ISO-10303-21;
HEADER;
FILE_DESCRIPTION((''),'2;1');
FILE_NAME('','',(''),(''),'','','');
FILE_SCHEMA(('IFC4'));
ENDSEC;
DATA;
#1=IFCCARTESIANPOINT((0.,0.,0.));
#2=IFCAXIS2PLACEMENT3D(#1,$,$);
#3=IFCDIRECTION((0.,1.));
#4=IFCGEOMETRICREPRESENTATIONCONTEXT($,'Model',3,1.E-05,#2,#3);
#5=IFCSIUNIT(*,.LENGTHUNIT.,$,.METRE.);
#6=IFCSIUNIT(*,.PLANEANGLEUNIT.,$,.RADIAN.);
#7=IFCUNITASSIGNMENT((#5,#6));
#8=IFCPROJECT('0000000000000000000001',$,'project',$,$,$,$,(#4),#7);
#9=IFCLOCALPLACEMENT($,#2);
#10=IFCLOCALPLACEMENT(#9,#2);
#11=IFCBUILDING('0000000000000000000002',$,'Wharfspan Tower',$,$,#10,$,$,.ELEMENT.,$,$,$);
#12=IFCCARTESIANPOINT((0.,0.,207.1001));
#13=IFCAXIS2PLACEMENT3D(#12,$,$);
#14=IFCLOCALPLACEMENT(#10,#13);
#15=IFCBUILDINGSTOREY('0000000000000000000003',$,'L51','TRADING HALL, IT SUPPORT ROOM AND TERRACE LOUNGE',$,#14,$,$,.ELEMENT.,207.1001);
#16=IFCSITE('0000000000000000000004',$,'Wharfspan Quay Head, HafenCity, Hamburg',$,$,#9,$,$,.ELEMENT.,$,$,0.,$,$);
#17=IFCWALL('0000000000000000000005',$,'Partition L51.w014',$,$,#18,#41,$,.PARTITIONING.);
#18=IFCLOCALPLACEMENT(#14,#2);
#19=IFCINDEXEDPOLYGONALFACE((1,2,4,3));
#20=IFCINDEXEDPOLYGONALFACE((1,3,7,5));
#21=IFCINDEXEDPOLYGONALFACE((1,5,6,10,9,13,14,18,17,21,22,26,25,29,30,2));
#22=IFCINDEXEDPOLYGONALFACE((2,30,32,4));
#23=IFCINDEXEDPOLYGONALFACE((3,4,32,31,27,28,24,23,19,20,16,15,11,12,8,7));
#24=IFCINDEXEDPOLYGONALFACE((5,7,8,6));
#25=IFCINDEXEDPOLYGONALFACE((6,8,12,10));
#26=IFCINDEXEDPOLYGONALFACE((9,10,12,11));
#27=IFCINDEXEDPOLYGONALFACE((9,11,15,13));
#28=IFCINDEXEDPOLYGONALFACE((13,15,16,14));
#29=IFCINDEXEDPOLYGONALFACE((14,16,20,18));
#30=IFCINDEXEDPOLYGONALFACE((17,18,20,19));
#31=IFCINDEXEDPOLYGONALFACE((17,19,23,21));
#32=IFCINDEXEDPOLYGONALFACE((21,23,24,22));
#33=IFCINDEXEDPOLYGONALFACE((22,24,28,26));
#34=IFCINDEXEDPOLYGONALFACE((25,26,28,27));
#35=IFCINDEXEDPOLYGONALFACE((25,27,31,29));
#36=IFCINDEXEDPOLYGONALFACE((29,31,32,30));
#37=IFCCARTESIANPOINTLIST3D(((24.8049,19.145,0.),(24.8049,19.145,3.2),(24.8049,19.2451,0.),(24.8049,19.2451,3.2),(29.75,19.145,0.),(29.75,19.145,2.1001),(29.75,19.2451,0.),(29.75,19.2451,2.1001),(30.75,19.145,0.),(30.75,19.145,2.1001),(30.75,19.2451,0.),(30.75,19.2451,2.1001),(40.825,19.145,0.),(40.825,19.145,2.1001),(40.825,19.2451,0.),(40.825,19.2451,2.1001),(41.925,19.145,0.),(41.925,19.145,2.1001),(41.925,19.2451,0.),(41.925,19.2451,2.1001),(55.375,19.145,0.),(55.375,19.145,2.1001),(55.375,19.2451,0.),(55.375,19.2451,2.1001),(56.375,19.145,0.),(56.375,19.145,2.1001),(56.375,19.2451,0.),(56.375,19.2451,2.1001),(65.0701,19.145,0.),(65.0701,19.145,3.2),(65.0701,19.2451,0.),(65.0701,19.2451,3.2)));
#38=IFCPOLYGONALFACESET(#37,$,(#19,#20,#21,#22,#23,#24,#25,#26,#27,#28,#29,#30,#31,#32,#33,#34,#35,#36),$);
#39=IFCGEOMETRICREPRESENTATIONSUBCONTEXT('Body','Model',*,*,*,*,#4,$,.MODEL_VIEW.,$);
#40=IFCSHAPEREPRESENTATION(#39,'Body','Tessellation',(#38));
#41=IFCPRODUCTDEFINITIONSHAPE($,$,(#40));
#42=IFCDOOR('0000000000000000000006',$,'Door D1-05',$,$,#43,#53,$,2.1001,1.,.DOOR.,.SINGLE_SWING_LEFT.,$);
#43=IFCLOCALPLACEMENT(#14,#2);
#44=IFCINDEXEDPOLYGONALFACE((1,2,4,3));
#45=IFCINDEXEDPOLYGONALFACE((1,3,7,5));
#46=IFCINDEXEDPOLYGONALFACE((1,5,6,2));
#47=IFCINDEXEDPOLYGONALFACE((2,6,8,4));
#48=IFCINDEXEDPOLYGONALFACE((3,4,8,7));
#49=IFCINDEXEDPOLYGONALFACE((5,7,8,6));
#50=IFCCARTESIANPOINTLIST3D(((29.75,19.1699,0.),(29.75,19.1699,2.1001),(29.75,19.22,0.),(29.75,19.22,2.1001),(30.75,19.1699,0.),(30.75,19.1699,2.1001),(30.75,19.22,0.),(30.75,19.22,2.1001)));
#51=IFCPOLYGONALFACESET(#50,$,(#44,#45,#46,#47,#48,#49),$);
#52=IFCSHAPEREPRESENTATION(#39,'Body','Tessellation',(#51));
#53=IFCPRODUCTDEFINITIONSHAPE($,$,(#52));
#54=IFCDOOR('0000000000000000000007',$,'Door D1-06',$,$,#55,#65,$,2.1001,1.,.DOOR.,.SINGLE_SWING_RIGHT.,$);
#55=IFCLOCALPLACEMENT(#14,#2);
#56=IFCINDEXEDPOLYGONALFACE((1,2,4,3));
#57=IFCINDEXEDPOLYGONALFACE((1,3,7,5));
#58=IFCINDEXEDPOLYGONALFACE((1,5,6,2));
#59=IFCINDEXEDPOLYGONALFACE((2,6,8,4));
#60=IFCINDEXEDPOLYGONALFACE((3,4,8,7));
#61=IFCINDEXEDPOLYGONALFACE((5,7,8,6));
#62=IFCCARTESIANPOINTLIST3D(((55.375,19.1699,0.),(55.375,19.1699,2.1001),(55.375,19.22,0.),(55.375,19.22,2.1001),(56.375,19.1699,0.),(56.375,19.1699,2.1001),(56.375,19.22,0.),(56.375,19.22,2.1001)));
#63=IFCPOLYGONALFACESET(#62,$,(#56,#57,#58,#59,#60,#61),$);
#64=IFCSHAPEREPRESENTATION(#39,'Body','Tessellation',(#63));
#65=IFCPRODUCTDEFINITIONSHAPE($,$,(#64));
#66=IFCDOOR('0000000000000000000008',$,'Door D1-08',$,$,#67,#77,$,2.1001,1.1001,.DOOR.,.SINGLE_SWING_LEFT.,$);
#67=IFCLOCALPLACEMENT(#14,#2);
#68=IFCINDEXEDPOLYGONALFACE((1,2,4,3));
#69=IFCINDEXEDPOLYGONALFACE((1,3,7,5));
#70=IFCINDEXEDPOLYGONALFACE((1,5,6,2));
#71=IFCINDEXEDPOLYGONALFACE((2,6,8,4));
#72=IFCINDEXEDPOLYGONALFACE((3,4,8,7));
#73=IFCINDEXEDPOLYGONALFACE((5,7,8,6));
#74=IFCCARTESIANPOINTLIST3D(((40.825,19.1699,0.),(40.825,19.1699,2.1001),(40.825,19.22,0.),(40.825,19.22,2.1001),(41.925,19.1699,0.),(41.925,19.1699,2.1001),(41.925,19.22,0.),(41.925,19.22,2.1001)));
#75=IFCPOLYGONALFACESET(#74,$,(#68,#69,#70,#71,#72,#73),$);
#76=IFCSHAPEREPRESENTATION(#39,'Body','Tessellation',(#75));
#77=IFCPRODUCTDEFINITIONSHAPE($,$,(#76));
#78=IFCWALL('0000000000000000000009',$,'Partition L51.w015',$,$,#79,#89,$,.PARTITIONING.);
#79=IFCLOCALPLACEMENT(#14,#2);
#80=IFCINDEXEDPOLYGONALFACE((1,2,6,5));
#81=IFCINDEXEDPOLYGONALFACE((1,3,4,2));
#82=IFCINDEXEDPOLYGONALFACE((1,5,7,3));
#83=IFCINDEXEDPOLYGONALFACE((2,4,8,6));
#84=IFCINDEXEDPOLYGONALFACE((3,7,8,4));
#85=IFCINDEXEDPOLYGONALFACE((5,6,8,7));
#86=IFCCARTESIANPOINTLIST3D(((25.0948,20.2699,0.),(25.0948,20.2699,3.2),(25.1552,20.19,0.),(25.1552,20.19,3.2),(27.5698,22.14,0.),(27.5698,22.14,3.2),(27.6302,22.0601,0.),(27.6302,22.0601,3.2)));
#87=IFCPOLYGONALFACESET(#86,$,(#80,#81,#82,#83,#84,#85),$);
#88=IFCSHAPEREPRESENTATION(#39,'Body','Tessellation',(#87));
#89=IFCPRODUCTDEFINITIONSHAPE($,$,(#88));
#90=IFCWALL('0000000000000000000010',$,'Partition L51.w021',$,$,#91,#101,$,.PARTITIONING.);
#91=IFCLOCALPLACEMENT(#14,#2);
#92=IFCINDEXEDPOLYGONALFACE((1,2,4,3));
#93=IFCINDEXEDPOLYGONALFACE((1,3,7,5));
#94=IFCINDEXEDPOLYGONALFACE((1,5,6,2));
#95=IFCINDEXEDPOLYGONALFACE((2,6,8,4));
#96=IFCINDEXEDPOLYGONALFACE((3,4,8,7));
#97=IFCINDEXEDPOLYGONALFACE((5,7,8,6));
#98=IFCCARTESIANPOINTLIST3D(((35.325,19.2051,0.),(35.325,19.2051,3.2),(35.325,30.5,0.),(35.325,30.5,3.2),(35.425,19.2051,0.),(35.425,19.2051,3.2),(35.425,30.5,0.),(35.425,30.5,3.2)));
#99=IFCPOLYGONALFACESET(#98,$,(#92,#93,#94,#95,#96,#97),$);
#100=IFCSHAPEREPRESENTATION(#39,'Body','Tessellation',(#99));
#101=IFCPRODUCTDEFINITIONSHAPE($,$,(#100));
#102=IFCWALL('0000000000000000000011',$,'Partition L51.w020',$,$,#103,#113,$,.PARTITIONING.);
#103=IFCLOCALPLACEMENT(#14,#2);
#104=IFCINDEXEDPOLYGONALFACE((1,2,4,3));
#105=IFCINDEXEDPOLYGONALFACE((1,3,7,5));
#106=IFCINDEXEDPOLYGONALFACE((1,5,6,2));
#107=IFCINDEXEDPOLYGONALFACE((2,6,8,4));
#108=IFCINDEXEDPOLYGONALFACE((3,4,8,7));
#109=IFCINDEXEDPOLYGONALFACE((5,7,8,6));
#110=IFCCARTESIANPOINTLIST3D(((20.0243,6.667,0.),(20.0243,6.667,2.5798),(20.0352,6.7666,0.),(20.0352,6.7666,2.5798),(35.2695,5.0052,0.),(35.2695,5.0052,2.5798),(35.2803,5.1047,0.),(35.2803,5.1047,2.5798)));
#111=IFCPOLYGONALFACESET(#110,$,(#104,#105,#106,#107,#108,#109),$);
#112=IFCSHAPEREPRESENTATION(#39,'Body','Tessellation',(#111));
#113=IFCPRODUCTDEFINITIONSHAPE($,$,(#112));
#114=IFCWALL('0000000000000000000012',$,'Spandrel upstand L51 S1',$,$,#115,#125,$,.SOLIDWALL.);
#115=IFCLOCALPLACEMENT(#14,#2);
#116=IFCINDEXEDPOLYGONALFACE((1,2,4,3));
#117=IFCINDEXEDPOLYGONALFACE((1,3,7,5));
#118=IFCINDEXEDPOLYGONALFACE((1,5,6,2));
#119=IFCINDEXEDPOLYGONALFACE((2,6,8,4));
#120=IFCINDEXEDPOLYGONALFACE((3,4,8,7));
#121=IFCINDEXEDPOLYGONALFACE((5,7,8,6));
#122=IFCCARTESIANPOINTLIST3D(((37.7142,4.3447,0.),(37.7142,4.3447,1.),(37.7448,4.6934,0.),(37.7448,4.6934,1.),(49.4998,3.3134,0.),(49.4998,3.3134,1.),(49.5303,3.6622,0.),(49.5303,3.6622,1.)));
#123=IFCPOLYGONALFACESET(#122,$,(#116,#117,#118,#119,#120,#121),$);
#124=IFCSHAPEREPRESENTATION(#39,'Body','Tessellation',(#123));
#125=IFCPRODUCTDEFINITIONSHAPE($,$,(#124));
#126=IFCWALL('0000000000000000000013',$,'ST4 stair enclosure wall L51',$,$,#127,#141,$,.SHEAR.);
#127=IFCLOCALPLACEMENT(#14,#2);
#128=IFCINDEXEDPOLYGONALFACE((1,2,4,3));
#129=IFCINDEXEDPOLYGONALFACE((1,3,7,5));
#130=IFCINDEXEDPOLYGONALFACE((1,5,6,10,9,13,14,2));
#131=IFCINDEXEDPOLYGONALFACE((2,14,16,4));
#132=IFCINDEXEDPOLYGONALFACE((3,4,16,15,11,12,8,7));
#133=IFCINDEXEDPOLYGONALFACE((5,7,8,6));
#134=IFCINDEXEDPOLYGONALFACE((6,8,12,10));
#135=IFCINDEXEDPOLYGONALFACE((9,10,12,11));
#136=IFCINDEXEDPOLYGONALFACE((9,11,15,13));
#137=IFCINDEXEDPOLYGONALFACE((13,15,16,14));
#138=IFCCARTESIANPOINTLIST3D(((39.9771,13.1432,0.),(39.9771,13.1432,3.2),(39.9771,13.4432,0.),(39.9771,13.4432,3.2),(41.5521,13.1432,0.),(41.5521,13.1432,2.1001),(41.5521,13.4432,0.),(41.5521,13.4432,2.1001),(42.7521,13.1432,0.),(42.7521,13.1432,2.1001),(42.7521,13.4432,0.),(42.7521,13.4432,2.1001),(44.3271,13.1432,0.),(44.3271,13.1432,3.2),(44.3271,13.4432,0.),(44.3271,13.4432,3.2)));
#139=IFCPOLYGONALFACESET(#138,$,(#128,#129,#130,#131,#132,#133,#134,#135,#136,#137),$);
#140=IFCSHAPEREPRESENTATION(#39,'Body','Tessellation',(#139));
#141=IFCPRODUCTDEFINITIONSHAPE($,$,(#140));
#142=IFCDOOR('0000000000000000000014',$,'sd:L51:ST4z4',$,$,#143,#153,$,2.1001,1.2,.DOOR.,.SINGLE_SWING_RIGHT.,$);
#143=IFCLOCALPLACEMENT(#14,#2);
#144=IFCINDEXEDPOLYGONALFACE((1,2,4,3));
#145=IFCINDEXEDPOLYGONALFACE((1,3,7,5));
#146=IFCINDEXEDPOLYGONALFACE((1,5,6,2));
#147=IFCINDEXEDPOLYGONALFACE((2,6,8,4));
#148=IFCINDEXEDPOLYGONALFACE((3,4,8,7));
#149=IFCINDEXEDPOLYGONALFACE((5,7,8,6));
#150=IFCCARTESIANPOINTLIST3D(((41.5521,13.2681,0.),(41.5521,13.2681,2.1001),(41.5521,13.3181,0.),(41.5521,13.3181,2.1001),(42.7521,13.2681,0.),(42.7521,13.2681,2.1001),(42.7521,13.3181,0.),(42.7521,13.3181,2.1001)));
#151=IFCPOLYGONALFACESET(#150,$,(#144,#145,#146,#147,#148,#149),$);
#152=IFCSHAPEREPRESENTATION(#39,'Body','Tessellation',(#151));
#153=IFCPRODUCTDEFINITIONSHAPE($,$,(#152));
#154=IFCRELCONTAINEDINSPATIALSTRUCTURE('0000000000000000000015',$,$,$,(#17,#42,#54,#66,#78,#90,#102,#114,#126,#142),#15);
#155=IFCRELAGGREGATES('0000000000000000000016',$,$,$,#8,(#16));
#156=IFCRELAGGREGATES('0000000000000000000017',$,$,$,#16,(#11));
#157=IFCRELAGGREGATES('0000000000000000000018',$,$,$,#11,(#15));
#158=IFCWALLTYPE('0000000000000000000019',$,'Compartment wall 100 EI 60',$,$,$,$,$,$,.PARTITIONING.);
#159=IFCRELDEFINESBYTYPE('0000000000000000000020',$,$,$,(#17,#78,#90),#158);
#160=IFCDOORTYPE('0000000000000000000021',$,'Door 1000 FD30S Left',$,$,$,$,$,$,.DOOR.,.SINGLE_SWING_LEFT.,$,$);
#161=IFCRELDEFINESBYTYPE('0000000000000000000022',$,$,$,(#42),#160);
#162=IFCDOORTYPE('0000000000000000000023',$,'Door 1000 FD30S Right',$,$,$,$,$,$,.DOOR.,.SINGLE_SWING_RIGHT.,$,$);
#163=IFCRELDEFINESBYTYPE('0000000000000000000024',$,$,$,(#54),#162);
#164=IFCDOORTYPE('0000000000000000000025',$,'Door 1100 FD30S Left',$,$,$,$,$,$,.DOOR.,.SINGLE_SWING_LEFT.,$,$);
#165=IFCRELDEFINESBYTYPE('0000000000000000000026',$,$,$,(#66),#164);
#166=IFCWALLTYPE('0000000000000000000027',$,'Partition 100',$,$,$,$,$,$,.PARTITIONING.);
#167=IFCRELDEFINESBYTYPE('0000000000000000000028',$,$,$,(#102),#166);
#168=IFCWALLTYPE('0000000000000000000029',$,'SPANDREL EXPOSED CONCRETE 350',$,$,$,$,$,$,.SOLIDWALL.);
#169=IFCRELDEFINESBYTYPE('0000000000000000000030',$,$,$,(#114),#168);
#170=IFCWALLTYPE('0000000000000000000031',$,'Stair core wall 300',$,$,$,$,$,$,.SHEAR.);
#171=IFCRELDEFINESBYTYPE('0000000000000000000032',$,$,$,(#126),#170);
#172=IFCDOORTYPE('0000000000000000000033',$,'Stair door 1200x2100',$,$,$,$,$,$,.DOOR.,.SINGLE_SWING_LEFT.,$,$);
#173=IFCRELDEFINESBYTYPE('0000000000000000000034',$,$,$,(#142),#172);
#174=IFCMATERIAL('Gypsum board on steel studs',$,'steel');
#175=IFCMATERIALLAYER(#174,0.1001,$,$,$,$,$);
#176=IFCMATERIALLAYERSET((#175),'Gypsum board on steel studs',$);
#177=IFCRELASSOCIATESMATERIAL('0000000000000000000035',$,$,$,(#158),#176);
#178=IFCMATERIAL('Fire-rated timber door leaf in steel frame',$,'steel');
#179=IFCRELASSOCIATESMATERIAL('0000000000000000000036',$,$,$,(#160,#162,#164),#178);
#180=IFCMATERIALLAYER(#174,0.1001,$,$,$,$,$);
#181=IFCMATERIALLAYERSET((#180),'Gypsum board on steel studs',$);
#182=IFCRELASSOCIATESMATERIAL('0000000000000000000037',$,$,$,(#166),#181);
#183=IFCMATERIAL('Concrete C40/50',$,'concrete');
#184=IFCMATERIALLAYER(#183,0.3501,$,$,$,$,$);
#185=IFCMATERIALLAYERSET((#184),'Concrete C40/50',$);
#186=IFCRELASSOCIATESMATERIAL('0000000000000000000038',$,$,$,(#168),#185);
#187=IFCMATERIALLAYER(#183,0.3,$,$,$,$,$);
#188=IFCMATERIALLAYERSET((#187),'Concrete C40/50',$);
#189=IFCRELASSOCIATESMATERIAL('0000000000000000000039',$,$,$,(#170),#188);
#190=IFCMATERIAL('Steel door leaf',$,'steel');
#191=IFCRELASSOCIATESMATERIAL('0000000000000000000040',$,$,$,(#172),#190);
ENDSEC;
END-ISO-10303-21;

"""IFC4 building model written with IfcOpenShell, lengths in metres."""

from ifc_helpers import new_model, si_unit, direction, frame, frame_2d, origin, place, context, subcontext, project, spatial, rectangle, extrude, material, layer, layer_set, type_object, element, fill, save


model = new_model("IFC4")

# Units and contexts
model_context = context("Model", 3, precision=1e-05, world=origin(), true_north=direction((0.0, 1.0)))
body_context = subcontext(model_context, "Body", "Model", "MODEL_VIEW")
ifc_project = project(units=[si_unit("LENGTHUNIT", "METRE"), si_unit("PLANEANGLEUNIT", "RADIAN")], contexts=[model_context])

# Site, building, storey
site_placement = place(None, origin())
site = spatial("IfcSite", under=ifc_project, at=site_placement, Name="Wharfspan Quay Head, HafenCity, Hamburg", CompositionType="ELEMENT", RefElevation=0.0)
building_placement = place(site_placement, origin())
building = spatial("IfcBuilding", under=site, at=building_placement, Name="Wharfspan Tower", CompositionType="ELEMENT")
storey_placement = place(building_placement, frame((0.0, 0.0, 207.1001)))
storey = spatial("IfcBuildingStorey", under=building, at=storey_placement, Name="L51", Description="TRADING HALL, IT SUPPORT ROOM AND TERRACE LOUNGE", CompositionType="ELEMENT", Elevation=207.1001)

# Wall, openings, doors
ifc_material_1 = material(Name="Gypsum board on steel studs", Category="steel")
ifc_layer_1 = layer(ifc_material_1, 0.1001)
ifc_layer_set_1 = layer_set([ifc_layer_1], Name="Gypsum board on steel studs")
wall_type_1 = type_object("IfcWallType", Name="Compartment wall 100 EI 60", PredefinedType="PARTITIONING", material=ifc_layer_set_1)
wall_1_placement = place(storey_placement, frame((24.8049, 19.1951, 0.0), z_axis=(0.0, 0.0, 1.0), x_axis=(1.0, 0.0, 0.0)))
wall_1 = element("IfcWall", 1, at=wall_1_placement, inside=storey, type_object=wall_type_1, Name="Partition L51.w014", PredefinedType="PARTITIONING", context=body_context, shape_type="SweptSolid", body=[
    extrude(rectangle(XDim=40.2651, YDim=0.1001, at=frame_2d((20.1326, 0.0))), origin(), (0.0, 0.0, 1.0), 3.2),
])
opening_1_placement = place(wall_1_placement, frame((4.9451, 0.0, 0.0)))
opening_1 = element("IfcOpeningElement", 2, at=opening_1_placement, cuts=wall_1, PredefinedType="OPENING", context=body_context, shape_type="SweptSolid", body=[
    extrude(rectangle(XDim=1.0, YDim=2.1001, at=frame_2d((0.5, 1.05))), frame((0.0, 0.0601, 0.0), z_axis=(0.0, -1.0, 0.0), x_axis=(1.0, 0.0, 0.0)), (0.0, 0.0, 1.0), 0.1201),
])
opening_2_placement = place(wall_1_placement, frame((30.5701, 0.0, 0.0)))
opening_2 = element("IfcOpeningElement", 3, at=opening_2_placement, cuts=wall_1, PredefinedType="OPENING", context=body_context, shape_type="SweptSolid", body=[
    extrude(rectangle(XDim=1.0, YDim=2.1001, at=frame_2d((0.5, 1.05))), frame((0.0, 0.0601, 0.0), z_axis=(0.0, -1.0, 0.0), x_axis=(1.0, 0.0, 0.0)), (0.0, 0.0, 1.0), 0.1201),
])
opening_3_placement = place(wall_1_placement, frame((16.02, 0.0, 0.0)))
opening_3 = element("IfcOpeningElement", 4, at=opening_3_placement, cuts=wall_1, PredefinedType="OPENING", context=body_context, shape_type="SweptSolid", body=[
    extrude(rectangle(XDim=1.1001, YDim=2.1001, at=frame_2d((0.55, 1.05))), frame((0.0, 0.0601, 0.0), z_axis=(0.0, -1.0, 0.0), x_axis=(1.0, 0.0, 0.0)), (0.0, 0.0, 1.0), 0.1201),
])
ifc_material_2 = material(Name="Fire-rated timber door leaf in steel frame", Category="steel")
door_type_1 = type_object("IfcDoorType", Name="Door 1000 FD30S Left", OperationType="SINGLE_SWING_LEFT", PredefinedType="DOOR", material=ifc_material_2)
door_1_placement = place(opening_1_placement, origin())
door_1 = element("IfcDoor", 5, at=door_1_placement, inside=storey, type_object=door_type_1, Name="Door D1-05", OperationType="SINGLE_SWING_LEFT", OverallHeight=2.1001, OverallWidth=1.0, PredefinedType="DOOR", context=body_context, shape_type="SweptSolid", body=[
    extrude(rectangle(XDim=1.0, YDim=2.1001, at=frame_2d((0.5, 1.05))), frame((0.0, 0.0249, 0.0), z_axis=(0.0, -1.0, 0.0), x_axis=(1.0, 0.0, 0.0)), (0.0, 0.0, 1.0), 0.05),
])
fill(opening_1, door_1)
door_type_2 = type_object("IfcDoorType", Name="Door 1000 FD30S Right", OperationType="SINGLE_SWING_RIGHT", PredefinedType="DOOR", material=ifc_material_2)
door_2_placement = place(opening_2_placement, origin())
door_2 = element("IfcDoor", 6, at=door_2_placement, inside=storey, type_object=door_type_2, Name="Door D1-06", OperationType="SINGLE_SWING_RIGHT", OverallHeight=2.1001, OverallWidth=1.0, PredefinedType="DOOR", context=body_context, shape_type="SweptSolid", body=[
    extrude(rectangle(XDim=1.0, YDim=2.1001, at=frame_2d((0.5, 1.05))), frame((0.0, 0.0249, 0.0), z_axis=(0.0, -1.0, 0.0), x_axis=(1.0, 0.0, 0.0)), (0.0, 0.0, 1.0), 0.05),
])
fill(opening_2, door_2)
door_type_3 = type_object("IfcDoorType", Name="Door 1100 FD30S Left", OperationType="SINGLE_SWING_LEFT", PredefinedType="DOOR", material=ifc_material_2)
door_3_placement = place(opening_3_placement, origin())
door_3 = element("IfcDoor", 7, at=door_3_placement, inside=storey, type_object=door_type_3, Name="Door D1-08", OperationType="SINGLE_SWING_LEFT", OverallHeight=2.1001, OverallWidth=1.1001, PredefinedType="DOOR", context=body_context, shape_type="SweptSolid", body=[
    extrude(rectangle(XDim=1.1001, YDim=2.1001, at=frame_2d((0.55, 1.05))), frame((0.0, 0.0249, 0.0), z_axis=(0.0, -1.0, 0.0), x_axis=(1.0, 0.0, 0.0)), (0.0, 0.0, 1.0), 0.05),
])
fill(opening_3, door_3)

# Walls
wall_2_placement = place(storey_placement, frame((25.125, 20.23, 0.0), z_axis=(0.0, 0.0, 1.0), x_axis=(0.797858, 0.60284, 0.0)))
element("IfcWall", 8, at=wall_2_placement, inside=storey, type_object=wall_type_1, Name="Partition L51.w015", PredefinedType="PARTITIONING", context=body_context, shape_type="SweptSolid", body=[
    extrude(rectangle(XDim=3.1021, YDim=0.1001, at=frame_2d((1.551, 0.0))), origin(), (0.0, 0.0, 1.0), 3.2),
])
wall_3_placement = place(storey_placement, frame((35.375, 19.2051, 0.0), z_axis=(0.0, 0.0, 1.0), x_axis=(0.0, 1.0, 0.0)))
element("IfcWall", 9, at=wall_3_placement, inside=storey, type_object=wall_type_1, Name="Partition L51.w021", PredefinedType="PARTITIONING", context=body_context, shape_type="SweptSolid", body=[
    extrude(rectangle(XDim=11.2949, YDim=0.1001, at=frame_2d((5.6475, 0.0))), origin(), (0.0, 0.0, 1.0), 3.2),
])
ifc_layer_2 = layer(ifc_material_1, 0.1001)
ifc_layer_set_2 = layer_set([ifc_layer_2], Name="Gypsum board on steel studs")
wall_type_2 = type_object("IfcWallType", Name="Partition 100", PredefinedType="PARTITIONING", material=ifc_layer_set_2)
wall_4_placement = place(storey_placement, frame((35.2749, 5.0549, 0.0), z_axis=(0.0, 0.0, 1.0), x_axis=(-0.994114, 0.108368, 0.0)))
element("IfcWall", 10, at=wall_4_placement, inside=storey, type_object=wall_type_2, Name="Partition L51.w020", PredefinedType="PARTITIONING", context=body_context, shape_type="SweptSolid", body=[
    extrude(rectangle(XDim=15.3354, YDim=0.1001, at=frame_2d((7.6677, 0.0))), origin(), (0.0, 0.0, 1.0), 2.5798),
])
ifc_material_3 = material(Name="Concrete C40/50", Category="concrete")
ifc_layer_3 = layer(ifc_material_3, 0.3501)
ifc_layer_set_3 = layer_set([ifc_layer_3], Name="Concrete C40/50")
wall_type_3 = type_object("IfcWallType", Name="SPANDREL EXPOSED CONCRETE 350", PredefinedType="SOLIDWALL", material=ifc_layer_set_3)
wall_5_placement = place(storey_placement, frame((37.7295, 4.519, 0.0), z_axis=(0.0, 0.0, 1.0), x_axis=(0.99619, -0.087167, 0.0)))
element("IfcWall", 11, at=wall_5_placement, inside=storey, type_object=wall_type_3, Name="Spandrel upstand L51 S1", PredefinedType="SOLIDWALL", context=body_context, shape_type="SweptSolid", body=[
    extrude(rectangle(XDim=11.8306, YDim=0.3501, at=frame_2d((5.9153, 0.0))), origin(), (0.0, 0.0, 1.0), 1.0),
])

# Wall, opening, door
ifc_layer_4 = layer(ifc_material_3, 0.3)
ifc_layer_set_4 = layer_set([ifc_layer_4], Name="Concrete C40/50")
wall_type_4 = type_object("IfcWallType", Name="Stair core wall 300", PredefinedType="SHEAR", material=ifc_layer_set_4)
wall_6_placement = place(storey_placement, frame((39.9771, 13.2932, 0.0), z_axis=(0.0, 0.0, 1.0), x_axis=(1.0, 0.0, 0.0)))
wall_6 = element("IfcWall", 12, at=wall_6_placement, inside=storey, type_object=wall_type_4, Name="ST4 stair enclosure wall L51", PredefinedType="SHEAR", context=body_context, shape_type="SweptSolid", body=[
    extrude(rectangle(XDim=4.3501, YDim=0.3, at=frame_2d((2.175, 0.0))), origin(), (0.0, 0.0, 1.0), 3.2),
])
opening_4_placement = place(wall_6_placement, frame((1.575, 0.0, 0.0)))
opening_4 = element("IfcOpeningElement", 13, at=opening_4_placement, cuts=wall_6, PredefinedType="OPENING", context=body_context, shape_type="SweptSolid", body=[
    extrude(rectangle(XDim=1.2, YDim=2.1001, at=frame_2d((0.6001, 1.05))), frame((0.0, 0.1599, 0.0), z_axis=(0.0, -1.0, 0.0), x_axis=(1.0, 0.0, 0.0)), (0.0, 0.0, 1.0), 0.3201),
])
ifc_material_4 = material(Name="Steel door leaf", Category="steel")
door_type_4 = type_object("IfcDoorType", Name="Stair door 1200x2100", OperationType="SINGLE_SWING_LEFT", PredefinedType="DOOR", material=ifc_material_4)
door_4_placement = place(opening_4_placement, origin())
door_4 = element("IfcDoor", 14, at=door_4_placement, inside=storey, type_object=door_type_4, Name="sd:L51:ST4z4", OperationType="SINGLE_SWING_RIGHT", OverallHeight=2.1001, OverallWidth=1.2, PredefinedType="DOOR", context=body_context, shape_type="SweptSolid", body=[
    extrude(rectangle(XDim=1.2, YDim=2.1001, at=frame_2d((0.6001, 1.05))), frame((0.0, 0.0249, 0.0), z_axis=(0.0, -1.0, 0.0), x_axis=(1.0, 0.0, 0.0)), (0.0, 0.0, 1.0), 0.05),
])
fill(opening_4, door_4)

save(model, "model.ifc")
